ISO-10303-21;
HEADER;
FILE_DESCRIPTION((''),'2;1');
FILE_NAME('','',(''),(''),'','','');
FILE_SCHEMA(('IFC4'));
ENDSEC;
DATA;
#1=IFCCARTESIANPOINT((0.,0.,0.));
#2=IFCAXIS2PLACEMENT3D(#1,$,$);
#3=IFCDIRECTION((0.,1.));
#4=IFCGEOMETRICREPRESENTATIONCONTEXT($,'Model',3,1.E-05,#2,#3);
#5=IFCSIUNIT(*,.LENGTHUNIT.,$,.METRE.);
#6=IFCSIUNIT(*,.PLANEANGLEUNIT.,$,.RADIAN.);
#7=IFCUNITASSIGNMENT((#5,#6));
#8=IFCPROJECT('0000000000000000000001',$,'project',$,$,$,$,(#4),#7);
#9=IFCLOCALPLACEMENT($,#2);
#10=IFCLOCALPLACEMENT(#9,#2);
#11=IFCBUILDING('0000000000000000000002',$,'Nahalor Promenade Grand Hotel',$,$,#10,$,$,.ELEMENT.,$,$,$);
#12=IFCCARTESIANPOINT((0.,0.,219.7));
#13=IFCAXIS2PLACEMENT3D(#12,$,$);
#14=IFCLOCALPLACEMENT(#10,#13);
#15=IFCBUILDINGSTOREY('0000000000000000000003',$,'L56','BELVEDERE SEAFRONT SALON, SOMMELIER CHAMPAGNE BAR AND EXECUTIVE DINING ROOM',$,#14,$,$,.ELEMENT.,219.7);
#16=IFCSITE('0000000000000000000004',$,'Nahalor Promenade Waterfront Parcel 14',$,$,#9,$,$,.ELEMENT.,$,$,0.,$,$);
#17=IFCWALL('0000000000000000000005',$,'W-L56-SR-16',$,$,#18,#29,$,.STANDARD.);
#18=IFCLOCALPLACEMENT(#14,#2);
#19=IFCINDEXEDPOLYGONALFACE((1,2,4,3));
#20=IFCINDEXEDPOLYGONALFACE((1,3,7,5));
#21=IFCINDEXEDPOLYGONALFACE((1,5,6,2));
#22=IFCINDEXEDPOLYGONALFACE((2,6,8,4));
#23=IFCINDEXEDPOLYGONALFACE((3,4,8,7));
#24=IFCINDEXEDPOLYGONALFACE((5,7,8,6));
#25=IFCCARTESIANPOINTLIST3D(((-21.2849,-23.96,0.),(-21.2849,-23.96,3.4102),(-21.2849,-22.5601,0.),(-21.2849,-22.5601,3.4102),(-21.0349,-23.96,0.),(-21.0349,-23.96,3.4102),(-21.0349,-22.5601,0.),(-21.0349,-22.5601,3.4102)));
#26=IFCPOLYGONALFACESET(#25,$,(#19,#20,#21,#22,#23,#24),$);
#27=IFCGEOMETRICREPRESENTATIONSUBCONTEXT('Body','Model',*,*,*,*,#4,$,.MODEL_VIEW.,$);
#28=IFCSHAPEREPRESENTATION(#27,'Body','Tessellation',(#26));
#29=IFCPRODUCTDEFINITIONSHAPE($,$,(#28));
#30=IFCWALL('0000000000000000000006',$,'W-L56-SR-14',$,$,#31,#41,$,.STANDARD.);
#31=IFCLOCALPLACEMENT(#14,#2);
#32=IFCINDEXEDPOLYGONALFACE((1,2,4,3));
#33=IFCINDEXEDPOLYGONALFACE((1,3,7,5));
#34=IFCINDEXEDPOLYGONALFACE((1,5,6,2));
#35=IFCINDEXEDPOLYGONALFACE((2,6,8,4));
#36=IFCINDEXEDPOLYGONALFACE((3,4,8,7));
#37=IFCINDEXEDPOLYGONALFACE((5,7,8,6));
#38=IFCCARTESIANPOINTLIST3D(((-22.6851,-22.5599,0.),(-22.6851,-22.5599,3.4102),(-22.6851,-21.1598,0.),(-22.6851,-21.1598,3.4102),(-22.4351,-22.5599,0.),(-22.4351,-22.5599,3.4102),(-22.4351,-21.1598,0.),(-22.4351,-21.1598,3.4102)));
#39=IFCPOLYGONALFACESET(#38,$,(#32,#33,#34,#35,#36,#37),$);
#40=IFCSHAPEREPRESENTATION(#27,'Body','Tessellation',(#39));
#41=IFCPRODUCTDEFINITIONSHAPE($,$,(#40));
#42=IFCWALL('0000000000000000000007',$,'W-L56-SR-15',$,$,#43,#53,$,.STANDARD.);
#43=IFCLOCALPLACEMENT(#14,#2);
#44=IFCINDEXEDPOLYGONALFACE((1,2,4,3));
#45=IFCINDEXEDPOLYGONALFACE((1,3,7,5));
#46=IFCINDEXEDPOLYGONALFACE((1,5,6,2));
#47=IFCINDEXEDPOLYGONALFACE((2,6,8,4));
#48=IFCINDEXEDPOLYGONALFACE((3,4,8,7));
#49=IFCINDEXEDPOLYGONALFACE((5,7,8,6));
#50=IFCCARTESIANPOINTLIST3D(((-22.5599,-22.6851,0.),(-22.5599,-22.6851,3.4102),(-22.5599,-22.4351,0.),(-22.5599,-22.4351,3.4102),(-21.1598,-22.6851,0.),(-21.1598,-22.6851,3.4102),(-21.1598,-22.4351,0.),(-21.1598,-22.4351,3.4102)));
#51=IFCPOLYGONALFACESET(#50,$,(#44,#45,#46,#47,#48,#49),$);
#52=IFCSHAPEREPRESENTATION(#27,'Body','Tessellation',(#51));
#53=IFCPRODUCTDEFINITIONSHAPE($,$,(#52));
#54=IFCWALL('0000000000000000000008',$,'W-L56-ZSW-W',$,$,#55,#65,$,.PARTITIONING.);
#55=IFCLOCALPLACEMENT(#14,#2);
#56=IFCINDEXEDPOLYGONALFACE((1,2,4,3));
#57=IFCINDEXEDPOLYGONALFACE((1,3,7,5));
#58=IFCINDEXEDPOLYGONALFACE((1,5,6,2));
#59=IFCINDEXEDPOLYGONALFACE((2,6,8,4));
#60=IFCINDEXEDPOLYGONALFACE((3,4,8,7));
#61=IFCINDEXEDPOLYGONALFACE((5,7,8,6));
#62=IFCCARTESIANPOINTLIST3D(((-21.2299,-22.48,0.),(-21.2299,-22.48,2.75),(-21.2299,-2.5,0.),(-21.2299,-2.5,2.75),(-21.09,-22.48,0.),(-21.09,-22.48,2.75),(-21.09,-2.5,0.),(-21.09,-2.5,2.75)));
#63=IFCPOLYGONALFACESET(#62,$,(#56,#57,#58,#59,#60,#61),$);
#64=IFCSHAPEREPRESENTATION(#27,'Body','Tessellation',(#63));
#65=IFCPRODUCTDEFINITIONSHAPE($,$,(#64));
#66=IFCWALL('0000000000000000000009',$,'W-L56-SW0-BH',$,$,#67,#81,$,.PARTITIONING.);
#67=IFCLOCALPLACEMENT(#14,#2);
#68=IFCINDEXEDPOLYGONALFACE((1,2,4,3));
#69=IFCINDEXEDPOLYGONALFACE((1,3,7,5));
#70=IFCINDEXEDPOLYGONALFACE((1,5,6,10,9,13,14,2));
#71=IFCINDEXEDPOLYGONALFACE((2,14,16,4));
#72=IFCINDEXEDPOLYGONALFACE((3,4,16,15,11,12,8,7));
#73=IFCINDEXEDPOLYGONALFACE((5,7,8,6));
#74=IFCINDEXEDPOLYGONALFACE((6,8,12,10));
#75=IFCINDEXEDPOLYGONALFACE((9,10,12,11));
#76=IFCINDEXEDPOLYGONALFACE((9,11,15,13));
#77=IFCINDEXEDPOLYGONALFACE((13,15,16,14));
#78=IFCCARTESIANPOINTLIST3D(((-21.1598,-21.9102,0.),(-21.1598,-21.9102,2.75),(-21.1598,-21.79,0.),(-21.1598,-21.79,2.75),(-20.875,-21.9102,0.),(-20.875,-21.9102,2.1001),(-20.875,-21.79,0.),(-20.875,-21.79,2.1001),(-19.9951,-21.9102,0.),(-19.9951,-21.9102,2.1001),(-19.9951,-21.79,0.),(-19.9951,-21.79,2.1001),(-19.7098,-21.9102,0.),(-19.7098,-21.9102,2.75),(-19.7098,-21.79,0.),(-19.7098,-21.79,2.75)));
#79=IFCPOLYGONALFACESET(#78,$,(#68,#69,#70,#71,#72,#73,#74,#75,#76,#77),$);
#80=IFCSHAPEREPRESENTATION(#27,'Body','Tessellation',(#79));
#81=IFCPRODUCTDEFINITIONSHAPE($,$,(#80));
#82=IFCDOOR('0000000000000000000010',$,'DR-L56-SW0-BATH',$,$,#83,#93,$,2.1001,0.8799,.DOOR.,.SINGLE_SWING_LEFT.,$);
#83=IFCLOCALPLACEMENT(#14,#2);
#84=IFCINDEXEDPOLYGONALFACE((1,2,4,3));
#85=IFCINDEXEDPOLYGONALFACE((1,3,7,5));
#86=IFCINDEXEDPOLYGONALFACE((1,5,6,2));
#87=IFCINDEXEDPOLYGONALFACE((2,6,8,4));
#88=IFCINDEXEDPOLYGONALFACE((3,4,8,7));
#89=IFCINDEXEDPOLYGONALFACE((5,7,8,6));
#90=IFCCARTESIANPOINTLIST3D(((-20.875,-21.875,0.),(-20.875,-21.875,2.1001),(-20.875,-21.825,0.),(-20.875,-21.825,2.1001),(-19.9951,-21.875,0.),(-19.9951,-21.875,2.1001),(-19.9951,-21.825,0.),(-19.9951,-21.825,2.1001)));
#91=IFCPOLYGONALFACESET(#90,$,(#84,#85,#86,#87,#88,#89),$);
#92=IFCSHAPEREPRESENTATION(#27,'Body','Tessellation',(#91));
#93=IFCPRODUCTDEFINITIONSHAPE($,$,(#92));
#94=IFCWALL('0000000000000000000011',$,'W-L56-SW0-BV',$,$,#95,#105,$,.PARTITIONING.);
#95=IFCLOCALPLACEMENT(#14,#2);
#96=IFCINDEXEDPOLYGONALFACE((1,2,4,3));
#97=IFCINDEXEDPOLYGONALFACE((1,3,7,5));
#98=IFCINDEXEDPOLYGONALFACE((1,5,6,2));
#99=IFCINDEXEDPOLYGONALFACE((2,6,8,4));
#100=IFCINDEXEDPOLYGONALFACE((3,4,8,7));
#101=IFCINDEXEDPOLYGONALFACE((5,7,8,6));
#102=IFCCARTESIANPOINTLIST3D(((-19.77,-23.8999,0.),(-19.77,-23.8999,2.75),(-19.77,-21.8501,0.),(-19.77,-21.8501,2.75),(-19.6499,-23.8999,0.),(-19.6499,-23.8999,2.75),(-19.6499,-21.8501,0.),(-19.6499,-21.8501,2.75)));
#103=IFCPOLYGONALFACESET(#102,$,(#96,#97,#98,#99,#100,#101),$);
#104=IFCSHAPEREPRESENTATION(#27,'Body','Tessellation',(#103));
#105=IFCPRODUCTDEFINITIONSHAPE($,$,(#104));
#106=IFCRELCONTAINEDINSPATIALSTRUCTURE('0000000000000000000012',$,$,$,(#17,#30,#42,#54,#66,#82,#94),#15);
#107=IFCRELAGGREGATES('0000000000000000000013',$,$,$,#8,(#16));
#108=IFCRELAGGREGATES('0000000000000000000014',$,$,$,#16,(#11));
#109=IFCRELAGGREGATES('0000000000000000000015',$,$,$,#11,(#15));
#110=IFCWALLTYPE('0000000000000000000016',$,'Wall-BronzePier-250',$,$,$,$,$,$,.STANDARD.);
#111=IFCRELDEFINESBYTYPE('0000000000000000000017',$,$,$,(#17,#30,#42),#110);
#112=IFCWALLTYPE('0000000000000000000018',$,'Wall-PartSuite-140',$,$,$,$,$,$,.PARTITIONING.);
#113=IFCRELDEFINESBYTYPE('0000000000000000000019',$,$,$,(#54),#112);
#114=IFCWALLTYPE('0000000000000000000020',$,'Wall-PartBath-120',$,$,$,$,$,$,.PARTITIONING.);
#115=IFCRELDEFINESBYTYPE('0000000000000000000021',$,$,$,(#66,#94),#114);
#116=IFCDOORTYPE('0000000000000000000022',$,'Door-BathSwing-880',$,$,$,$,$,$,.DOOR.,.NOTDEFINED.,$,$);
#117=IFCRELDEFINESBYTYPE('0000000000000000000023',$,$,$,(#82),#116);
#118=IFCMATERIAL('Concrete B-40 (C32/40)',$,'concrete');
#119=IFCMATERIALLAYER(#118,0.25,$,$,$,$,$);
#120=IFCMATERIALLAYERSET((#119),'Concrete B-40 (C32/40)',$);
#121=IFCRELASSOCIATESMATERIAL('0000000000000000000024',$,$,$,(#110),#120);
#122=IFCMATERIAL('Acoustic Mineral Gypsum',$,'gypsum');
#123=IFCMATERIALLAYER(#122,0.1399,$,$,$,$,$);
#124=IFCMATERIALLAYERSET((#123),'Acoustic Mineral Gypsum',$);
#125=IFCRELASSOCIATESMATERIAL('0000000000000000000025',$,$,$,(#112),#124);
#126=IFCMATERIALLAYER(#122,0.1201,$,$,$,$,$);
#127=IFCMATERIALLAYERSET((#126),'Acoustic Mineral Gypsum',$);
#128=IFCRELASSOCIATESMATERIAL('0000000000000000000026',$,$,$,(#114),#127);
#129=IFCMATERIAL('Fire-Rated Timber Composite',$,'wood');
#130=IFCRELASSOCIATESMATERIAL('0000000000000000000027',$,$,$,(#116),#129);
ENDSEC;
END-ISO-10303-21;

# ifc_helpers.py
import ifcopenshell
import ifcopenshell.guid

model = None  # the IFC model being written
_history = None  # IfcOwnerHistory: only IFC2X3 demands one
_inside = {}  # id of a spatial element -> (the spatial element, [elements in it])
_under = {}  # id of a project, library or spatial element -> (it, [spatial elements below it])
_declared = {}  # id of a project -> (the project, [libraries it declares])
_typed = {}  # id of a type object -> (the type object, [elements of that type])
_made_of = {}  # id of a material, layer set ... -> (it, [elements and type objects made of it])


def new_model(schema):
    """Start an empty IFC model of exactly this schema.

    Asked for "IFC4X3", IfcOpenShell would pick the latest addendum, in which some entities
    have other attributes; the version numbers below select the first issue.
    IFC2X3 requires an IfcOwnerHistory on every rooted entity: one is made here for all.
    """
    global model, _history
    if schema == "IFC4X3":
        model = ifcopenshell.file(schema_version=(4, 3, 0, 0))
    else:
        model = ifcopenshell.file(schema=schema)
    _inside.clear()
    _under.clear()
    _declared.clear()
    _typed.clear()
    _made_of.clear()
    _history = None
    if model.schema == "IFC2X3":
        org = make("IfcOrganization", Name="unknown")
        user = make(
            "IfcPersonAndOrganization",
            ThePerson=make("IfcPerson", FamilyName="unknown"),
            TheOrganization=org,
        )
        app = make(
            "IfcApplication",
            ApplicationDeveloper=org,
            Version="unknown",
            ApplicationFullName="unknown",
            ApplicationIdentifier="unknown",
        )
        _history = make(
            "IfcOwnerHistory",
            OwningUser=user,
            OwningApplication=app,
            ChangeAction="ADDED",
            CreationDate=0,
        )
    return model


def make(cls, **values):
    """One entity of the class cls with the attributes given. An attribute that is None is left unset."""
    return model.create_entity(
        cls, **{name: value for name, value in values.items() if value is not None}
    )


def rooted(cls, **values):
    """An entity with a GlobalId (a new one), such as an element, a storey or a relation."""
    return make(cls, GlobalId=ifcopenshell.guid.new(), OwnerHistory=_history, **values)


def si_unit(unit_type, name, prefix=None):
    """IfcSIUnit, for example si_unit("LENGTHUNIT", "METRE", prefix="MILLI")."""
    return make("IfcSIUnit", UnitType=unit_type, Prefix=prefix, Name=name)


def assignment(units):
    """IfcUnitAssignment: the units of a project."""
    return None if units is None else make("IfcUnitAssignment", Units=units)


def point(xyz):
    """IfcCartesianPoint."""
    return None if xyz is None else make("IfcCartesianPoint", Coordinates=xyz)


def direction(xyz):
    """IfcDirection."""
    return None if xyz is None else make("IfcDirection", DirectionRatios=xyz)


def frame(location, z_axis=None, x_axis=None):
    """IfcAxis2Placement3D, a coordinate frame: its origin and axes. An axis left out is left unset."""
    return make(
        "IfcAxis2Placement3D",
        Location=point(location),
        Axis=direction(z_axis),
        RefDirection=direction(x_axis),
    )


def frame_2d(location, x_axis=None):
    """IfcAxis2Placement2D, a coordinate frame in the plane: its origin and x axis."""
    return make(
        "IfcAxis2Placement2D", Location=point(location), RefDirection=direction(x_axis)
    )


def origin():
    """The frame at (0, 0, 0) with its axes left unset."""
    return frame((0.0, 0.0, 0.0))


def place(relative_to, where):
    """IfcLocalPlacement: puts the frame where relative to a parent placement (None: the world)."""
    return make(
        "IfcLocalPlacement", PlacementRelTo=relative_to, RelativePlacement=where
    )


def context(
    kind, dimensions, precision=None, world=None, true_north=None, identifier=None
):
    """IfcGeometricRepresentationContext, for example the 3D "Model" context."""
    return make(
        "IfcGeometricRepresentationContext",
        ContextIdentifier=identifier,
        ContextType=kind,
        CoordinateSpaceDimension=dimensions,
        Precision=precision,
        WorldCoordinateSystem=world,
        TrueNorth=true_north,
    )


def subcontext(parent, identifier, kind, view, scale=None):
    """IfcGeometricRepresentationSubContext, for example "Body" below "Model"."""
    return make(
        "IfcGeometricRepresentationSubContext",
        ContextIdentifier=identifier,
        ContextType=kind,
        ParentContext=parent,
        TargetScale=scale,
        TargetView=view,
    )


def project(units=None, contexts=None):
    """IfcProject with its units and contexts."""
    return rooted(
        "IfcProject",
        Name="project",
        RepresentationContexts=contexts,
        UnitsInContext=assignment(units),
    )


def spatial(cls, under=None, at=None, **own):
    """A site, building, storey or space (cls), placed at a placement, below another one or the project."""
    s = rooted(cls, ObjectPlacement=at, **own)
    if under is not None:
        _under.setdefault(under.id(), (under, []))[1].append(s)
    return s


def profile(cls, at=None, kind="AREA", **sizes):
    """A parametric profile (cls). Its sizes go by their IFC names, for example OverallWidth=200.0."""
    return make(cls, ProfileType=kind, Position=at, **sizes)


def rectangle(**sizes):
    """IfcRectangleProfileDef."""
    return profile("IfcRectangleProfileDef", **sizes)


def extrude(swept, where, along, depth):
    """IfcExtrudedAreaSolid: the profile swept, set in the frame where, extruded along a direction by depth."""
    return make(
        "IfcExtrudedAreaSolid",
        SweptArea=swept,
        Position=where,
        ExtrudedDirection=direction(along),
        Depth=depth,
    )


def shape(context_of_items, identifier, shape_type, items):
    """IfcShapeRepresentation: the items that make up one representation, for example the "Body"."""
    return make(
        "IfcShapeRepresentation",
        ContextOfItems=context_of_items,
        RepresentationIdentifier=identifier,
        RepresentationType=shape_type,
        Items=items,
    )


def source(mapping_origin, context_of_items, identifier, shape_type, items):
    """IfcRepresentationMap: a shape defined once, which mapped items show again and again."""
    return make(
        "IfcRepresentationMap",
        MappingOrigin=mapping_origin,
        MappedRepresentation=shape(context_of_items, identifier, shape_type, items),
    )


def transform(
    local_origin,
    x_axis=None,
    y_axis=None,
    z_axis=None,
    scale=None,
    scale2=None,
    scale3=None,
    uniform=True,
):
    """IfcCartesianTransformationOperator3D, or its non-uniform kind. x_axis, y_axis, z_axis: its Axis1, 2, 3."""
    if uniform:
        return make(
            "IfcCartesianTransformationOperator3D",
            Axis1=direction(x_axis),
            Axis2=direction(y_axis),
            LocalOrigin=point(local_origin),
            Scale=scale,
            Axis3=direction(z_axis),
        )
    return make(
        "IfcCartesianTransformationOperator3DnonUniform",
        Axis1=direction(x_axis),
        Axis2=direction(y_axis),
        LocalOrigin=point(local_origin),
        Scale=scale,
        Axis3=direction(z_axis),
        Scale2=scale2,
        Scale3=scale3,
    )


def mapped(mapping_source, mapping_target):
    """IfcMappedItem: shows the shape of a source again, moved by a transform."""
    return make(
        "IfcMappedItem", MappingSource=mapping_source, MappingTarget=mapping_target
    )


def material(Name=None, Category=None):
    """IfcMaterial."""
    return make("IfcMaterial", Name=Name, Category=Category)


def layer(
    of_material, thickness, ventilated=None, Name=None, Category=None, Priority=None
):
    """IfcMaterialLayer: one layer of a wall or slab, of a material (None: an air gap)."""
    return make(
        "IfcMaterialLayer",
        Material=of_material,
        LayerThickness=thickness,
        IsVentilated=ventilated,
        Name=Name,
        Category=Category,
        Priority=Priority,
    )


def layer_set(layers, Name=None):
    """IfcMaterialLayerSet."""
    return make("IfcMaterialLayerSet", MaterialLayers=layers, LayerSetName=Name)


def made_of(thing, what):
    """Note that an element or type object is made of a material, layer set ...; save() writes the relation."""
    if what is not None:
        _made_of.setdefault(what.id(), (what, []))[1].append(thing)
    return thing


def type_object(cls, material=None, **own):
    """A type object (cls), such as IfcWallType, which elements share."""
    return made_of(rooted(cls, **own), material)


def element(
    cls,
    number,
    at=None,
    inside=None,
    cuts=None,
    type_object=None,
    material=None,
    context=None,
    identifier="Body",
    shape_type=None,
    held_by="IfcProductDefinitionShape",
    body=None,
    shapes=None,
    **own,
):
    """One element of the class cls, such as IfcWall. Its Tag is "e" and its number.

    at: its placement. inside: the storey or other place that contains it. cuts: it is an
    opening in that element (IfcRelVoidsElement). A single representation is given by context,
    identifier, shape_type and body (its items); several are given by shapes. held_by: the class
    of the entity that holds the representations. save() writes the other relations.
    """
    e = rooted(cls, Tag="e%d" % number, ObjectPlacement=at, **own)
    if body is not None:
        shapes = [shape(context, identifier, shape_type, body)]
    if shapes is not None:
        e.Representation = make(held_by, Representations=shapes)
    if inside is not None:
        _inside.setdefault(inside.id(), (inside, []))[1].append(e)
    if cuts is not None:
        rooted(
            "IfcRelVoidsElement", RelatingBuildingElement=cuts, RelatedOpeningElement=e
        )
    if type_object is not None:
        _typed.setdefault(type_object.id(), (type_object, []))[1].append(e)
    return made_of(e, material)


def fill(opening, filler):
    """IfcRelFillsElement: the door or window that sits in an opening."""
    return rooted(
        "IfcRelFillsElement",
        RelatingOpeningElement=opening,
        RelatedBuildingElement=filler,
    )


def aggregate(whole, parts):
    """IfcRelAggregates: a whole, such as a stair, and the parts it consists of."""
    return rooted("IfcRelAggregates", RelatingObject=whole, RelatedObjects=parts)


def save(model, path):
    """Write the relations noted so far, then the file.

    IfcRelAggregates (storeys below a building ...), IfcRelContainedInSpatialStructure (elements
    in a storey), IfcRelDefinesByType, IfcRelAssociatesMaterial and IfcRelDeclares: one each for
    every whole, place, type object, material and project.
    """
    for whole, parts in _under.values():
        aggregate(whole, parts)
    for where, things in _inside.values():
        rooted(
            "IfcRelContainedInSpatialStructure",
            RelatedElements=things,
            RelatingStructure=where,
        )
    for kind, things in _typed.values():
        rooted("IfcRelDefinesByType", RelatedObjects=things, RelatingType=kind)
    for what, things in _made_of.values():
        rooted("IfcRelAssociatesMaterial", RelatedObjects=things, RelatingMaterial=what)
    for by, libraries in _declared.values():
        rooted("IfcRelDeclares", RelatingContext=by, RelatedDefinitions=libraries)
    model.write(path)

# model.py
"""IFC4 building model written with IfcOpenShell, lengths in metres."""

from ifc_helpers import new_model, si_unit, direction, frame, frame_2d, origin, place, context, subcontext, project, spatial, rectangle, extrude, source, transform, mapped, material, layer, layer_set, type_object, element, fill, save


model = new_model("IFC4")

# Units and contexts
model_context = context("Model", 3, precision=1e-05, world=origin(), true_north=direction((0.0, 1.0)))
body_context = subcontext(model_context, "Body", "Model", "MODEL_VIEW")
ifc_project = project(units=[si_unit("LENGTHUNIT", "METRE"), si_unit("PLANEANGLEUNIT", "RADIAN")], contexts=[model_context])

# Site, building, storey
site_placement = place(None, origin())
site = spatial("IfcSite", under=ifc_project, at=site_placement, Name="Nahalor Promenade Waterfront Parcel 14", CompositionType="ELEMENT", RefElevation=0.0)
building_placement = place(site_placement, origin())
building = spatial("IfcBuilding", under=site, at=building_placement, Name="Nahalor Promenade Grand Hotel", CompositionType="ELEMENT")
storey_placement = place(building_placement, frame((0.0, 0.0, 219.7)))
storey = spatial("IfcBuildingStorey", under=building, at=storey_placement, Name="L56", Description="BELVEDERE SEAFRONT SALON, SOMMELIER CHAMPAGNE BAR AND EXECUTIVE DINING ROOM", CompositionType="ELEMENT", Elevation=219.7)

# Walls
ifc_material_1 = material(Name="Concrete B-40 (C32/40)", Category="concrete")
ifc_layer_1 = layer(ifc_material_1, 0.25)
ifc_layer_set_1 = layer_set([ifc_layer_1], Name="Concrete B-40 (C32/40)")
wall_type_1 = type_object("IfcWallType", Name="Wall-BronzePier-250", PredefinedType="STANDARD", material=ifc_layer_set_1)
shared_shape_1 = source(origin(), body_context, "Body", "SweptSolid", [
    extrude(rectangle(XDim=1.3999, YDim=0.25, at=frame_2d((0.7, 0.0))), origin(), (0.0, 0.0, 1.0), 3.4102),
])
for number, where, z_axis, x_axis, name in (
    (1, (-21.1599, -23.96, 0.0), (0.0, 0.0, 1.0), (0.0, 1.0, 0.0), "W-L56-SR-16"),
):
    element("IfcWall", number, at=place(storey_placement, frame(where, z_axis=z_axis, x_axis=x_axis)), inside=storey, type_object=wall_type_1, Name=name, PredefinedType="STANDARD", context=body_context, shape_type="MappedRepresentation", body=[
        mapped(shared_shape_1, transform((0.0, 0.0, 0.0), scale=1.0)),
    ])
shared_shape_2 = source(origin(), body_context, "Body", "SweptSolid", [
    extrude(rectangle(XDim=1.4001, YDim=0.25, at=frame_2d((0.7002, 0.0))), origin(), (0.0, 0.0, 1.0), 3.4102),
])
for number, where, z_axis, x_axis, name in (
    (2, (-22.5601, -22.5601, 0.0), (0.0, 0.0, 1.0), (0.0, 1.0, 0.0), "W-L56-SR-14"),
    (3, (-22.5601, -22.5601, 0.0), (0.0, 0.0, 1.0), (1.0, 0.0, 0.0), "W-L56-SR-15"),
):
    element("IfcWall", number, at=place(storey_placement, frame(where, z_axis=z_axis, x_axis=x_axis)), inside=storey, type_object=wall_type_1, Name=name, PredefinedType="STANDARD", context=body_context, shape_type="MappedRepresentation", body=[
        mapped(shared_shape_2, transform((0.0, 0.0, 0.0), scale=1.0)),
    ])
ifc_material_2 = material(Name="Acoustic Mineral Gypsum", Category="gypsum")
ifc_layer_2 = layer(ifc_material_2, 0.1399)
ifc_layer_set_2 = layer_set([ifc_layer_2], Name="Acoustic Mineral Gypsum")
wall_type_2 = type_object("IfcWallType", Name="Wall-PartSuite-140", PredefinedType="PARTITIONING", material=ifc_layer_set_2)
shared_shape_3 = source(origin(), body_context, "Body", "SweptSolid", [
    extrude(rectangle(XDim=19.98, YDim=0.1399, at=frame_2d((9.99, 0.0))), origin(), (0.0, 0.0, 1.0), 2.75),
])
wall_1_placement = place(storey_placement, frame((-21.1599, -22.48, 0.0), z_axis=(0.0, 0.0, 1.0), x_axis=(0.0, 1.0, 0.0)))
element("IfcWall", 4, at=wall_1_placement, inside=storey, type_object=wall_type_2, Name="W-L56-ZSW-W", PredefinedType="PARTITIONING", context=body_context, shape_type="MappedRepresentation", body=[
    mapped(shared_shape_3, transform((0.0, 0.0, 0.0), scale=1.0)),
])

# Wall, opening, door
ifc_layer_3 = layer(ifc_material_2, 0.1201)
ifc_layer_set_3 = layer_set([ifc_layer_3], Name="Acoustic Mineral Gypsum")
wall_type_3 = type_object("IfcWallType", Name="Wall-PartBath-120", PredefinedType="PARTITIONING", material=ifc_layer_set_3)
shared_shape_4 = source(origin(), body_context, "Body", "SweptSolid", [
    extrude(rectangle(XDim=1.45, YDim=0.1201, at=frame_2d((0.7251, 0.0))), origin(), (0.0, 0.0, 1.0), 2.75),
])
wall_2_placement = place(storey_placement, frame((-21.1599, -21.8501, 0.0), z_axis=(0.0, 0.0, 1.0), x_axis=(1.0, 0.0, 0.0)))
wall_2 = element("IfcWall", 5, at=wall_2_placement, inside=storey, type_object=wall_type_3, Name="W-L56-SW0-BH", PredefinedType="PARTITIONING", context=body_context, shape_type="MappedRepresentation", body=[
    mapped(shared_shape_4, transform((0.0, 0.0, 0.0), scale=1.0)),
])
opening_placement = place(wall_2_placement, frame((0.2849, 0.0, 0.0)))
opening = element("IfcOpeningElement", 6, at=opening_placement, cuts=wall_2, PredefinedType="OPENING", context=body_context, shape_type="SweptSolid", body=[
    extrude(rectangle(XDim=0.8799, YDim=2.1001, at=frame_2d((0.4399, 1.05))), frame((0.0, 0.0701, 0.0), z_axis=(0.0, -1.0, 0.0), x_axis=(1.0, 0.0, 0.0)), (0.0, 0.0, 1.0), 0.1401),
])
ifc_material_3 = material(Name="Fire-Rated Timber Composite", Category="wood")
door_type = type_object("IfcDoorType", Name="Door-BathSwing-880", OperationType="NOTDEFINED", PredefinedType="DOOR", material=ifc_material_3)
shared_shape_5 = source(origin(), body_context, "Body", "SweptSolid", [
    extrude(rectangle(XDim=0.8799, YDim=2.1001, at=frame_2d((0.4399, 1.05))), frame((0.0, 0.0249, 0.0), z_axis=(0.0, -1.0, 0.0), x_axis=(1.0, 0.0, 0.0)), (0.0, 0.0, 1.0), 0.05),
])
door_placement = place(opening_placement, frame((0.8799, 0.0, 0.0), z_axis=(0.0, 0.0, 1.0), x_axis=(-1.0, 0.0, 0.0)))
door = element("IfcDoor", 7, at=door_placement, inside=storey, type_object=door_type, Name="DR-L56-SW0-BATH", OperationType="SINGLE_SWING_LEFT", OverallHeight=2.1001, OverallWidth=0.8799, PredefinedType="DOOR", context=body_context, shape_type="MappedRepresentation", body=[
    mapped(shared_shape_5, transform((0.0, 0.0, 0.0), scale=1.0)),
])
fill(opening, door)

# Wall
shared_shape_6 = source(origin(), body_context, "Body", "SweptSolid", [
    extrude(rectangle(XDim=2.0498, YDim=0.1201, at=frame_2d((1.0249, 0.0))), origin(), (0.0, 0.0, 1.0), 2.75),
])
wall_3_placement = place(storey_placement, frame((-19.71, -23.8999, 0.0), z_axis=(0.0, 0.0, 1.0), x_axis=(0.0, 1.0, 0.0)))
element("IfcWall", 8, at=wall_3_placement, inside=storey, type_object=wall_type_3, Name="W-L56-SW0-BV", PredefinedType="PARTITIONING", context=body_context, shape_type="MappedRepresentation", body=[
    mapped(shared_shape_6, transform((0.0, 0.0, 0.0), scale=1.0)),
])

save(model, "model.ifc")
